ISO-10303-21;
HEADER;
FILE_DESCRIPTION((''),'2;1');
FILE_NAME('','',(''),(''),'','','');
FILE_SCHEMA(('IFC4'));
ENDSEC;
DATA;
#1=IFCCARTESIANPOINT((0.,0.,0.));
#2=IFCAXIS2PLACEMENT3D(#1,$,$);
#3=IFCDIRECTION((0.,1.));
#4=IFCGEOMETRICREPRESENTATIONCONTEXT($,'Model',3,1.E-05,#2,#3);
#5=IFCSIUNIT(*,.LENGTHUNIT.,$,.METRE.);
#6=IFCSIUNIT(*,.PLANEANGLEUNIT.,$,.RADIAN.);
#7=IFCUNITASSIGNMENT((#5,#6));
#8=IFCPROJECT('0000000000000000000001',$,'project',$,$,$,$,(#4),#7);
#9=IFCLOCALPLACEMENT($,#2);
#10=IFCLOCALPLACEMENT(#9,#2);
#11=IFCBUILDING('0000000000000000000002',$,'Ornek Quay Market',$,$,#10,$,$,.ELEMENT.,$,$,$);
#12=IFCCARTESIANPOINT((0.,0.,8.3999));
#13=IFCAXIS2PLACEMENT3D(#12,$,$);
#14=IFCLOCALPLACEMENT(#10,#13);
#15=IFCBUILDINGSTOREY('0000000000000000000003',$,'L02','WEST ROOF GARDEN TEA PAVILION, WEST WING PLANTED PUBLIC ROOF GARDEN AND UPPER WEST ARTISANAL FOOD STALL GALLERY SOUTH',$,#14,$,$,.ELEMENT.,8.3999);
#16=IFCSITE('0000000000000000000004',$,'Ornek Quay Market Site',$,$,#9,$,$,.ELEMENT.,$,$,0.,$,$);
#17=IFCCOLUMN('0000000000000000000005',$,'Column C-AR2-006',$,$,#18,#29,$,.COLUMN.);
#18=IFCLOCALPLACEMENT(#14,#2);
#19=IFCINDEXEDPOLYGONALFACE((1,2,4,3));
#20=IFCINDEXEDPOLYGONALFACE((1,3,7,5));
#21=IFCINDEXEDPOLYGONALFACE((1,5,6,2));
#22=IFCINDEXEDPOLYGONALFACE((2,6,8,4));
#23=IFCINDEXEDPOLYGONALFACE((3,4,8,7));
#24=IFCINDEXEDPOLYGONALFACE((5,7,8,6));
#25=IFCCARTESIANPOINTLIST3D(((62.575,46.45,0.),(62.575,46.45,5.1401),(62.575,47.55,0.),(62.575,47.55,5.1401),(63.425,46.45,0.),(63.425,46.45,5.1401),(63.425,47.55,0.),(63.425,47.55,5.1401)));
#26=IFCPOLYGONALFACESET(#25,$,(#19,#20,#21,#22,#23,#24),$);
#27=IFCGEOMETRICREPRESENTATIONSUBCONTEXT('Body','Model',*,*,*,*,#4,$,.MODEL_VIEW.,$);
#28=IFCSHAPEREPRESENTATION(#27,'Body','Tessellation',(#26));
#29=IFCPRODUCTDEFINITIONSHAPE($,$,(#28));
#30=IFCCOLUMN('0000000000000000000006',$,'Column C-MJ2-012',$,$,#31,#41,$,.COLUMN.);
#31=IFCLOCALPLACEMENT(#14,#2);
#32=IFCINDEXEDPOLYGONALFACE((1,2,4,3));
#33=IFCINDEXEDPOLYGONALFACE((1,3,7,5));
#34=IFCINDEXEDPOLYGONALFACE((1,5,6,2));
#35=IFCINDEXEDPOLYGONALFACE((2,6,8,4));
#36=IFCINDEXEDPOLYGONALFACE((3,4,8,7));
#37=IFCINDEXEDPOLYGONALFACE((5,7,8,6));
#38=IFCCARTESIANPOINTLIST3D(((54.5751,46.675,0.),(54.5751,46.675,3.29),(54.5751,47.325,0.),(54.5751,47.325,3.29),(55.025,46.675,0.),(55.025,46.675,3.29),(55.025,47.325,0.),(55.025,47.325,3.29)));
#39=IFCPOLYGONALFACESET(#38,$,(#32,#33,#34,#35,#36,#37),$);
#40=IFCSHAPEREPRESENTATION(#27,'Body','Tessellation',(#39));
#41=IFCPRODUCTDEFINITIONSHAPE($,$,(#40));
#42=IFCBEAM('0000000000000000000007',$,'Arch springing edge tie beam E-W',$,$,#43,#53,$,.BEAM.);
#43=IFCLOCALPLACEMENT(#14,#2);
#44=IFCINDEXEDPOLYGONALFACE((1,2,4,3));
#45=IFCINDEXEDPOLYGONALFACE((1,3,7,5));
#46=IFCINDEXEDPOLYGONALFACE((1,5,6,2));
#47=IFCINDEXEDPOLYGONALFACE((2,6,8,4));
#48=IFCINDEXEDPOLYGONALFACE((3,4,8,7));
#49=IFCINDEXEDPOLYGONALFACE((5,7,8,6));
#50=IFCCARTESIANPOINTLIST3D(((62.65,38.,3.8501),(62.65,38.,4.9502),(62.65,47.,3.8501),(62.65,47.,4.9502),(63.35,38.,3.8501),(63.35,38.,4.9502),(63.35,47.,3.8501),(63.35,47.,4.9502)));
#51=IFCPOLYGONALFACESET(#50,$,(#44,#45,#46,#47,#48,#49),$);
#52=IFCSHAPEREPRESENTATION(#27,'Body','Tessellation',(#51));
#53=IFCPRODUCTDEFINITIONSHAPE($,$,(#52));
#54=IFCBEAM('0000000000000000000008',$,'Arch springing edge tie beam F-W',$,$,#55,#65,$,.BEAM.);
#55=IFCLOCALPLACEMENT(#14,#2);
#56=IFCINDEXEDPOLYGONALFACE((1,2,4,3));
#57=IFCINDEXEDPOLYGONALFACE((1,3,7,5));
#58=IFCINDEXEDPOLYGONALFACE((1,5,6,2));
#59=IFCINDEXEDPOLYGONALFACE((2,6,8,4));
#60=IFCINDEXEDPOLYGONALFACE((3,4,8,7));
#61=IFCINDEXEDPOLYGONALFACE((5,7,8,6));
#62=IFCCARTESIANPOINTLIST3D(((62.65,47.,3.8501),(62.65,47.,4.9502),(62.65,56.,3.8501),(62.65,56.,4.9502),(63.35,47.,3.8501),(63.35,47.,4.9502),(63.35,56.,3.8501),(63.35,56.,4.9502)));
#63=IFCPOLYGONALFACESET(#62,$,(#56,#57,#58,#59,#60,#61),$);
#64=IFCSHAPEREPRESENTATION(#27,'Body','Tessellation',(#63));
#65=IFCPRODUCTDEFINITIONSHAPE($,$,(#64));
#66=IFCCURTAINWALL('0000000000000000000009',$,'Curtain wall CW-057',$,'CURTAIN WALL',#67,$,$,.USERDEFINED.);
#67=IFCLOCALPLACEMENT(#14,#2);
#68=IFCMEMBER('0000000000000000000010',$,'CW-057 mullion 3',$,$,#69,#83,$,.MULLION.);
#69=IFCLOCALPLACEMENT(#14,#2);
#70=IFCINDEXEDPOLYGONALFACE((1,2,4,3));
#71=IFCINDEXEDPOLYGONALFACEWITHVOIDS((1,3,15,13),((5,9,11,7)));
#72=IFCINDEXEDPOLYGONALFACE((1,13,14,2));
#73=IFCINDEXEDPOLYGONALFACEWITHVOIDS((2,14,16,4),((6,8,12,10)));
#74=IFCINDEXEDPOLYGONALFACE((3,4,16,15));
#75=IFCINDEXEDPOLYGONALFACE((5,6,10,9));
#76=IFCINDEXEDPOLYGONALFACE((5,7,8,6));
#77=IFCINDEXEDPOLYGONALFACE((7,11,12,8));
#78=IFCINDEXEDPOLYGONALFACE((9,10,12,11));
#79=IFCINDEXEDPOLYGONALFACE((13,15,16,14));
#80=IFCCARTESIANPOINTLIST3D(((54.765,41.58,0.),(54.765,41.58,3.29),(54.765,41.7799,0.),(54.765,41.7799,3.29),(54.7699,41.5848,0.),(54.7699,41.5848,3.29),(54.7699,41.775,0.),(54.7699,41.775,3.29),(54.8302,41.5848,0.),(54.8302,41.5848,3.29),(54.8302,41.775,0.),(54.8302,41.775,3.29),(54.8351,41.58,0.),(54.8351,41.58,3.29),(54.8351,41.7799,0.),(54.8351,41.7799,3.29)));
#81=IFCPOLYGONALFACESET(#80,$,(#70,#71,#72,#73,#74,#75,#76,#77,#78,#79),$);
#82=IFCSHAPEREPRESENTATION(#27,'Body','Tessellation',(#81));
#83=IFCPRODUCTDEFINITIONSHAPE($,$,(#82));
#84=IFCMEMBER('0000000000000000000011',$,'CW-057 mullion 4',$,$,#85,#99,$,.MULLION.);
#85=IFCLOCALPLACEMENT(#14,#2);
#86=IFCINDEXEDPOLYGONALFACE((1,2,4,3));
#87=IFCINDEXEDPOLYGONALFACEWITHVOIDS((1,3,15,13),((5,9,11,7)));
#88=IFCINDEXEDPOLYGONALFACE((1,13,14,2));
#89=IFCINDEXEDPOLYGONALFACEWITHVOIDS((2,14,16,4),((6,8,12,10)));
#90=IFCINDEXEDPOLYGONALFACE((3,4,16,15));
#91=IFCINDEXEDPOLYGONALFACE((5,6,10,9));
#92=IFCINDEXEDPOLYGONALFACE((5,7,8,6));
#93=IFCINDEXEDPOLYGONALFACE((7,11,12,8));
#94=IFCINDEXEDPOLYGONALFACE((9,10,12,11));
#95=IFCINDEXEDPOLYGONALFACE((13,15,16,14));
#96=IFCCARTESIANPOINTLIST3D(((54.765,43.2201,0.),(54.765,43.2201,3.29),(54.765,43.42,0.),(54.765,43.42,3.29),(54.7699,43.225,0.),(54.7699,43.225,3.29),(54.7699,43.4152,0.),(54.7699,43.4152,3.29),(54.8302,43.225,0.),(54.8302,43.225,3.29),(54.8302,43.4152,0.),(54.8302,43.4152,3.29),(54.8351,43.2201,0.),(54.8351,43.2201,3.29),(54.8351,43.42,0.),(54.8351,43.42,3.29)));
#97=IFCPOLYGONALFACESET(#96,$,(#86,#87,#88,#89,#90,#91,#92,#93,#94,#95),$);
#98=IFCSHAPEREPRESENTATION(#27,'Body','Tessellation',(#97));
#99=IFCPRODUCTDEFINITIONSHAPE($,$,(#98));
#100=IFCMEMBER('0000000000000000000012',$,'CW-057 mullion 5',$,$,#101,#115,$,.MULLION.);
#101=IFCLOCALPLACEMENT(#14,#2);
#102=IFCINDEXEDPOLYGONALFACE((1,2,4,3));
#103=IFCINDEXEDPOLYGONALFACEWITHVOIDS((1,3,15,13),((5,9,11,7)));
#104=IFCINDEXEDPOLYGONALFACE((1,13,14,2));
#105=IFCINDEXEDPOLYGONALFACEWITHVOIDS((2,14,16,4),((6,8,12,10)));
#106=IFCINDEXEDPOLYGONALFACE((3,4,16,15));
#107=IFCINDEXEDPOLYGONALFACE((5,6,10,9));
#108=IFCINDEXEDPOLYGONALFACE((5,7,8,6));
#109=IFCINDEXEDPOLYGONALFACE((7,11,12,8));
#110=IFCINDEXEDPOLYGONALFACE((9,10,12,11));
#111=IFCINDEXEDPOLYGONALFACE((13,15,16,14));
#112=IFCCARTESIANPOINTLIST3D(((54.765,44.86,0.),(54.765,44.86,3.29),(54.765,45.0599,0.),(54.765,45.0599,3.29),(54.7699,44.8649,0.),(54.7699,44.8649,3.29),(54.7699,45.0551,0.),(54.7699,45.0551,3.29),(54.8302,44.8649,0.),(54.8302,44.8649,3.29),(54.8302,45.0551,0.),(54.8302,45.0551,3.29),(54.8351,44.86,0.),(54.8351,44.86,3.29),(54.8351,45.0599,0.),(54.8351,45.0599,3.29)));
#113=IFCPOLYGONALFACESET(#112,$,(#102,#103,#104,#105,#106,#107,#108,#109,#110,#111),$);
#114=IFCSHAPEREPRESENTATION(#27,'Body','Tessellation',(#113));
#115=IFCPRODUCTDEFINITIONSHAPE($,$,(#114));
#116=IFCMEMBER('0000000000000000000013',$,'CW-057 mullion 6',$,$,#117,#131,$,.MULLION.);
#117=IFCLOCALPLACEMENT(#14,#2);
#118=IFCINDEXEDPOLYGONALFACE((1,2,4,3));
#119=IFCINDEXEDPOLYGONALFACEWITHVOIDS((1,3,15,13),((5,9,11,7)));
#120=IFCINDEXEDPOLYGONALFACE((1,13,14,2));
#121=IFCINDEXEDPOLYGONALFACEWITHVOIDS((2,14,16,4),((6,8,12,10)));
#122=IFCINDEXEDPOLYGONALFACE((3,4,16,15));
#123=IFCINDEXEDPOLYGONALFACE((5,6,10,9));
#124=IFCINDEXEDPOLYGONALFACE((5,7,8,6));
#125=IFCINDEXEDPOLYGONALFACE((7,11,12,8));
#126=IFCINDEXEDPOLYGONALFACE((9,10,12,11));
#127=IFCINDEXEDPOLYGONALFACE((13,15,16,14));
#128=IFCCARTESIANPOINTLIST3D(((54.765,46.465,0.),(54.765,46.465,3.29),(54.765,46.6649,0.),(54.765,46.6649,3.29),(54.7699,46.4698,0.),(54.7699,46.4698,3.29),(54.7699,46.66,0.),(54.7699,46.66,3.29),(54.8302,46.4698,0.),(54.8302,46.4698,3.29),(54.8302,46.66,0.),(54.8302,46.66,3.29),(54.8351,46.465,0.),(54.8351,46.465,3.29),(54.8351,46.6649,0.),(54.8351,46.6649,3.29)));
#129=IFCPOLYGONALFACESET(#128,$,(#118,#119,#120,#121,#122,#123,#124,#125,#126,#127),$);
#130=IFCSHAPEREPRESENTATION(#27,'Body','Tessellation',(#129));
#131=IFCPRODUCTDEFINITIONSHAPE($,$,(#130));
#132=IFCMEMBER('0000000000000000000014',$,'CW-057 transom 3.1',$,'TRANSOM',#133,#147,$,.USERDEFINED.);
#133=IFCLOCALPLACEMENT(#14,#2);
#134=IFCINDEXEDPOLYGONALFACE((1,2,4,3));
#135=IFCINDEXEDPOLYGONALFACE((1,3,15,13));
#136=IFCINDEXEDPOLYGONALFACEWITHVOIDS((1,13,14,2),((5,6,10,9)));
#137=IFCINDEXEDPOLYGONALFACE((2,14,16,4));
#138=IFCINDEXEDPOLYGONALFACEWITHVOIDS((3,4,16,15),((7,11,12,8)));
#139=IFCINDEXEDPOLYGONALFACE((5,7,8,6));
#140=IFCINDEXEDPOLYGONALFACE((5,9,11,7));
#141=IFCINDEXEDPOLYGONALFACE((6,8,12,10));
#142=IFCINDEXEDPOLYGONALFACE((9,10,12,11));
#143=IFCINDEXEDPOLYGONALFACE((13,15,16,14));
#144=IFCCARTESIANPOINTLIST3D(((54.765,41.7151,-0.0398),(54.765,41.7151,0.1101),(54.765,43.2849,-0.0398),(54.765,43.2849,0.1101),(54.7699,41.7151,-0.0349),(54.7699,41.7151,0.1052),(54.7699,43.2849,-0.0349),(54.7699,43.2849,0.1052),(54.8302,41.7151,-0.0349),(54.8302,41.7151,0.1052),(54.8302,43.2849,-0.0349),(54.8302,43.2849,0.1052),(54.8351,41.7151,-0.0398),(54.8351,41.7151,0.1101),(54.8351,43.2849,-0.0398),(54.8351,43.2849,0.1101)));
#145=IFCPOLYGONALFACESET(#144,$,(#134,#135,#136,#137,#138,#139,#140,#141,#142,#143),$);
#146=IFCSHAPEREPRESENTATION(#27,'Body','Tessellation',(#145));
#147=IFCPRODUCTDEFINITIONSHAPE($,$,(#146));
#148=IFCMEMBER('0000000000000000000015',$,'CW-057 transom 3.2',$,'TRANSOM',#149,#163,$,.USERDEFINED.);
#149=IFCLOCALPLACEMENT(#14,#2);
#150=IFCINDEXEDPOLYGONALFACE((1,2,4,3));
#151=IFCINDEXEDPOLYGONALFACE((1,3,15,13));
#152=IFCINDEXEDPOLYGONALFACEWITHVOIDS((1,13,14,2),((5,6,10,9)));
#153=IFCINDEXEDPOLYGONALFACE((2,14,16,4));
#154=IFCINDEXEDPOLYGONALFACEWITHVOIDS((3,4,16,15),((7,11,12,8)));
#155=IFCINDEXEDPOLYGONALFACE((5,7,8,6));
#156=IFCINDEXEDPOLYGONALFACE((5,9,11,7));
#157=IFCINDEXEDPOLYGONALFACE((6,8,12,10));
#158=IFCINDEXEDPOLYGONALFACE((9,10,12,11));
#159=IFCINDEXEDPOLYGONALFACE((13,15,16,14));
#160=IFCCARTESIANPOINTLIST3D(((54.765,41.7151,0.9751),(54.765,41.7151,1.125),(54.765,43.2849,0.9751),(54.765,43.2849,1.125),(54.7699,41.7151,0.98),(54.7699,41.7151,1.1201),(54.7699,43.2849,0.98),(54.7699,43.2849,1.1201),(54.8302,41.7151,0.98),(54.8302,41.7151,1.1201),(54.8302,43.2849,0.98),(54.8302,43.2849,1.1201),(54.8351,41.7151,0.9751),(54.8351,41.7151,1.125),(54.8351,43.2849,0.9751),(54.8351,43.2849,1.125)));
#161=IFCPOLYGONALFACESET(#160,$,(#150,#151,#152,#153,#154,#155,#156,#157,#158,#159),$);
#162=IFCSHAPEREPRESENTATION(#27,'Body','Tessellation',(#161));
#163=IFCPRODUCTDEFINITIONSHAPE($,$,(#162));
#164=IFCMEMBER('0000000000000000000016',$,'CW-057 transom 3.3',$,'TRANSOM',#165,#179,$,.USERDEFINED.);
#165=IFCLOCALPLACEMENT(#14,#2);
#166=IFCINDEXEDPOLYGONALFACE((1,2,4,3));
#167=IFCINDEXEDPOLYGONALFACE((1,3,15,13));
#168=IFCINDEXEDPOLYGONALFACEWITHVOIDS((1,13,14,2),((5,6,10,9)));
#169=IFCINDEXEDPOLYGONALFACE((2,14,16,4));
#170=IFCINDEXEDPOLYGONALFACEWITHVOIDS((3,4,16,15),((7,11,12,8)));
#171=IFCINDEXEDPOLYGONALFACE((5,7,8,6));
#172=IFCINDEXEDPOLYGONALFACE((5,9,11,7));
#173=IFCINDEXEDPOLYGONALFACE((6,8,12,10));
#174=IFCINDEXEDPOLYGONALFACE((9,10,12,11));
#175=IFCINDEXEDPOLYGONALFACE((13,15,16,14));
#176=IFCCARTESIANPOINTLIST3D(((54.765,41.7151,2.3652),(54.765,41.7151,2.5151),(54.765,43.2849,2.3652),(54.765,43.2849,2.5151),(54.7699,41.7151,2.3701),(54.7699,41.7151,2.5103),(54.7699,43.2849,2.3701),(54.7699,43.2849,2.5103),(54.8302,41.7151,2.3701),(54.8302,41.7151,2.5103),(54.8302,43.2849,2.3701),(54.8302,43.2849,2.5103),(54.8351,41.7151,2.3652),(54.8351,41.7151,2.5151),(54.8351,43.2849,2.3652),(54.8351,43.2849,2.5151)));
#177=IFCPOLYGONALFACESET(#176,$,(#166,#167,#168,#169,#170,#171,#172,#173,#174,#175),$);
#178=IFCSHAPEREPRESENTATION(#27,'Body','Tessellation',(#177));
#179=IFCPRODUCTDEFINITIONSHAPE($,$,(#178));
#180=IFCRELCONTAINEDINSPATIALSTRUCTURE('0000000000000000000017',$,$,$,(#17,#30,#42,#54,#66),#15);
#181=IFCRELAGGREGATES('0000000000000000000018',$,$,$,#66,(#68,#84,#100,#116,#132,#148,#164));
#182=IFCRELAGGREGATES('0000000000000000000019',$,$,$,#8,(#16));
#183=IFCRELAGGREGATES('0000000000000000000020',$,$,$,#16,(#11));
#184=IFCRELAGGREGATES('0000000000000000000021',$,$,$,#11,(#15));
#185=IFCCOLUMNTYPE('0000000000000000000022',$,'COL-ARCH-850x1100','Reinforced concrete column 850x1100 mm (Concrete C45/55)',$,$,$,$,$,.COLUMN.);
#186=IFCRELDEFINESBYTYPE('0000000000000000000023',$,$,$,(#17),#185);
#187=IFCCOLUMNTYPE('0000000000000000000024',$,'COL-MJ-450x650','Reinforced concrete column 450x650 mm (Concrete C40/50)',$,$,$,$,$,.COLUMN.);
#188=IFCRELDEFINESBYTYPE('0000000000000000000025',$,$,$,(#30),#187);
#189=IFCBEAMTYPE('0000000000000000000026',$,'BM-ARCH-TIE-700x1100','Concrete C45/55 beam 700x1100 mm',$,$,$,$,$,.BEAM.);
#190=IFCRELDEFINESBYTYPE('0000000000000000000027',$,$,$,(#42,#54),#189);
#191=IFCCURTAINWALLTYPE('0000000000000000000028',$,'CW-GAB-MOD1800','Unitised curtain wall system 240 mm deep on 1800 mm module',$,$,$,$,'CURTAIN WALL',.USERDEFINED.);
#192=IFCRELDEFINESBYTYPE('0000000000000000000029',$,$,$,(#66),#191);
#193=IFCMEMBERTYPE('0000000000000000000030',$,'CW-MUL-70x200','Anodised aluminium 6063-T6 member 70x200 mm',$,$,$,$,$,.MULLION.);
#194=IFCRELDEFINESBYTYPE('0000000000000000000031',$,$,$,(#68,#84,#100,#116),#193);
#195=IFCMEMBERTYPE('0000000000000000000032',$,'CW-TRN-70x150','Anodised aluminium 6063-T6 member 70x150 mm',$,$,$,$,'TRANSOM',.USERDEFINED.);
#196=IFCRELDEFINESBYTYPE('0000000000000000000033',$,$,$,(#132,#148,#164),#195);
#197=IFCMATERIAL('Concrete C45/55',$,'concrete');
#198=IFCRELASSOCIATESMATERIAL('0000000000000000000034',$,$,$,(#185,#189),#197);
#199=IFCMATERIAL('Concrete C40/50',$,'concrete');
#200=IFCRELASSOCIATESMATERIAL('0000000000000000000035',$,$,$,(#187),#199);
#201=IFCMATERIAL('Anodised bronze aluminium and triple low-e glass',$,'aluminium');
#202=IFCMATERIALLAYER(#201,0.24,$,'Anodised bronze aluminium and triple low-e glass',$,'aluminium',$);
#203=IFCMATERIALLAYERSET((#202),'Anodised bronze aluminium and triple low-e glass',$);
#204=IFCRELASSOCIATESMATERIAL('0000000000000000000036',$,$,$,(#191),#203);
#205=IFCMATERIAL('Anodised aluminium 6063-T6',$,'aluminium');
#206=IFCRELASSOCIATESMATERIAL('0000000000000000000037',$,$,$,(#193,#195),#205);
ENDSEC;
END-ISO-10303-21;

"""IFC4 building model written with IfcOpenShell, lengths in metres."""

from ifc_helpers import new_model, si_unit, direction, frame, origin, origin_2d, place, context, subcontext, project, spatial, rectangle, hollow_rectangle, extrude, material, layer, layer_set, material_profile, profile_set, type_object, element, aggregate, save


model = new_model("IFC4")

# Units and contexts
model_context = context("Model", 3, precision=1e-05, world=origin(), true_north=direction((0.0, 1.0)))
body_context = subcontext(model_context, "Body", "Model", "MODEL_VIEW")
ifc_project = project(units=[si_unit("LENGTHUNIT", "METRE"), si_unit("PLANEANGLEUNIT", "RADIAN")], contexts=[model_context])

# Site, building, storey
site_placement = place(None, origin())
site = spatial("IfcSite", under=ifc_project, at=site_placement, Name="Ornek Quay Market Site", CompositionType="ELEMENT", RefElevation=0.0)
building_placement = place(site_placement, origin())
building = spatial("IfcBuilding", under=site, at=building_placement, Name="Ornek Quay Market", CompositionType="ELEMENT")
storey_placement = place(building_placement, frame((0.0, 0.0, 8.3999)))
storey = spatial("IfcBuildingStorey", under=building, at=storey_placement, Name="L02", Description="WEST ROOF GARDEN TEA PAVILION, WEST WING PLANTED PUBLIC ROOF GARDEN AND UPPER WEST ARTISANAL FOOD STALL GALLERY SOUTH", CompositionType="ELEMENT", Elevation=8.3999)

# Columns
ifc_material_1 = material(Name="Concrete C45/55", Category="concrete")
ifc_material_profile_1 = material_profile(ifc_material_1, rectangle(XDim=0.8501, YDim=1.1001, at=origin_2d()), Name="RC 850x1100", Category="concrete")
ifc_profile_set_1 = profile_set([ifc_material_profile_1], Name="Concrete C45/55")
column_type_1 = type_object("IfcColumnType", Name="COL-ARCH-850x1100", Description="Reinforced concrete column 850x1100 mm (Concrete C45/55)", PredefinedType="COLUMN", material=ifc_profile_set_1)
column_1_placement = place(storey_placement, frame((63.0, 47.0, 0.0), z_axis=(0.0, 0.0, 1.0), x_axis=(1.0, 0.0, 0.0)))
element("IfcColumn", 1, at=column_1_placement, inside=storey, type_object=column_type_1, Name="Column C-AR2-006", PredefinedType="COLUMN", context=body_context, shape_type="SweptSolid", body=[
    extrude(rectangle(XDim=0.8501, YDim=1.1001, at=origin_2d()), origin(), (0.0, 0.0, 1.0), 5.1401),
])
ifc_material_2 = material(Name="Concrete C40/50", Category="concrete")
ifc_material_profile_2 = material_profile(ifc_material_2, rectangle(XDim=0.45, YDim=0.6499, at=origin_2d()), Name="RC 450x650", Category="concrete")
ifc_profile_set_2 = profile_set([ifc_material_profile_2], Name="Concrete C40/50")
column_type_2 = type_object("IfcColumnType", Name="COL-MJ-450x650", Description="Reinforced concrete column 450x650 mm (Concrete C40/50)", PredefinedType="COLUMN", material=ifc_profile_set_2)
column_2_placement = place(storey_placement, frame((54.8, 47.0, 0.0), z_axis=(0.0, 0.0, 1.0), x_axis=(1.0, 0.0, 0.0)))
element("IfcColumn", 2, at=column_2_placement, inside=storey, type_object=column_type_2, Name="Column C-MJ2-012", PredefinedType="COLUMN", context=body_context, shape_type="SweptSolid", body=[
    extrude(rectangle(XDim=0.45, YDim=0.6499, at=origin_2d()), origin(), (0.0, 0.0, 1.0), 3.29),
])

# Beams
ifc_material_profile_3 = material_profile(ifc_material_1, rectangle(XDim=0.7, YDim=1.1001, at=origin_2d()), Name="RC 700x1100", Category="concrete")
ifc_profile_set_3 = profile_set([ifc_material_profile_3], Name="Concrete C45/55")
beam_type = type_object("IfcBeamType", Name="BM-ARCH-TIE-700x1100", Description="Concrete C45/55 beam 700x1100 mm", PredefinedType="BEAM", material=ifc_profile_set_3)
for number, where, z_axis, x_axis, name in (
    (3, (63.0, 38.0, 4.4001), (0.0, 1.0, 0.0), (-1.0, 0.0, 0.0), "Arch springing edge tie beam E-W"),
    (4, (63.0, 47.0, 4.4001), (0.0, 1.0, 0.0), (-1.0, 0.0, 0.0), "Arch springing edge tie beam F-W"),
):
    element("IfcBeam", number, at=place(storey_placement, frame(where, z_axis=z_axis, x_axis=x_axis)), inside=storey, type_object=beam_type, Name=name, PredefinedType="BEAM", context=body_context, shape_type="SweptSolid", body=[
        extrude(rectangle(XDim=0.7, YDim=1.1001, at=origin_2d()), origin(), (0.0, 0.0, 1.0), 9.0),
    ])

# Curtain wall, members
ifc_material_3 = material(Name="Anodised bronze aluminium and triple low-e glass", Category="aluminium")
ifc_layer_1 = layer(ifc_material_3, 0.24, Name="Anodised bronze aluminium and triple low-e glass", Category="aluminium")
ifc_layer_set_1 = layer_set([ifc_layer_1], Name="Anodised bronze aluminium and triple low-e glass")
curtain_wall_type = type_object("IfcCurtainWallType", Name="CW-GAB-MOD1800", Description="Unitised curtain wall system 240 mm deep on 1800 mm module", ElementType="CURTAIN WALL", PredefinedType="USERDEFINED", material=ifc_layer_set_1)
curtain_wall_placement = place(storey_placement, origin())
curtain_wall = element("IfcCurtainWall", 5, at=curtain_wall_placement, inside=storey, type_object=curtain_wall_type, Name="Curtain wall CW-057", ObjectType="CURTAIN WALL", PredefinedType="USERDEFINED")
ifc_material_4 = material(Name="Anodised aluminium 6063-T6", Category="aluminium")
ifc_material_profile_4 = material_profile(ifc_material_4, hollow_rectangle(XDim=0.0701, YDim=0.2, WallThickness=0.0049, at=origin_2d()), Name="CW-MUL-70x200", Category="aluminium")
ifc_profile_set_4 = profile_set([ifc_material_profile_4], Name="Anodised aluminium 6063-T6")
member_type_1 = type_object("IfcMemberType", Name="CW-MUL-70x200", Description="Anodised aluminium 6063-T6 member 70x200 mm", PredefinedType="MULLION", material=ifc_profile_set_4)
member_1_placement = place(storey_placement, frame((54.8, 41.6799, 0.0), z_axis=(0.0, 0.0, 1.0), x_axis=(-1.0, 0.0, 0.0)))
member_1 = element("IfcMember", 6, at=member_1_placement, type_object=member_type_1, Name="CW-057 mullion 3", PredefinedType="MULLION", context=body_context, shape_type="SweptSolid", body=[
    extrude(hollow_rectangle(XDim=0.0701, YDim=0.2, WallThickness=0.0049, at=origin_2d()), origin(), (0.0, 0.0, 1.0), 3.29),
])
member_2_placement = place(storey_placement, frame((54.8, 43.3201, 0.0), z_axis=(0.0, 0.0, 1.0), x_axis=(-1.0, 0.0, 0.0)))
member_2 = element("IfcMember", 7, at=member_2_placement, type_object=member_type_1, Name="CW-057 mullion 4", PredefinedType="MULLION", context=body_context, shape_type="SweptSolid", body=[
    extrude(hollow_rectangle(XDim=0.0701, YDim=0.2, WallThickness=0.0049, at=origin_2d()), origin(), (0.0, 0.0, 1.0), 3.29),
])
member_3_placement = place(storey_placement, frame((54.8, 44.96, 0.0), z_axis=(0.0, 0.0, 1.0), x_axis=(-1.0, 0.0, 0.0)))
member_3 = element("IfcMember", 8, at=member_3_placement, type_object=member_type_1, Name="CW-057 mullion 5", PredefinedType="MULLION", context=body_context, shape_type="SweptSolid", body=[
    extrude(hollow_rectangle(XDim=0.0701, YDim=0.2, WallThickness=0.0049, at=origin_2d()), origin(), (0.0, 0.0, 1.0), 3.29),
])
member_4_placement = place(storey_placement, frame((54.8, 46.5649, 0.0), z_axis=(0.0, 0.0, 1.0), x_axis=(-1.0, 0.0, 0.0)))
member_4 = element("IfcMember", 9, at=member_4_placement, type_object=member_type_1, Name="CW-057 mullion 6", PredefinedType="MULLION", context=body_context, shape_type="SweptSolid", body=[
    extrude(hollow_rectangle(XDim=0.0701, YDim=0.2, WallThickness=0.0049, at=origin_2d()), origin(), (0.0, 0.0, 1.0), 3.29),
])
ifc_material_profile_5 = material_profile(ifc_material_4, hollow_rectangle(XDim=0.0701, YDim=0.1499, WallThickness=0.0049, at=origin_2d()), Name="CW-TRN-70x150", Category="aluminium")
ifc_profile_set_5 = profile_set([ifc_material_profile_5], Name="Anodised aluminium 6063-T6")
member_type_2 = type_object("IfcMemberType", Name="CW-TRN-70x150", Description="Anodised aluminium 6063-T6 member 70x150 mm", ElementType="TRANSOM", PredefinedType="USERDEFINED", material=ifc_profile_set_5)
member_5_placement = place(storey_placement, frame((54.8, 41.7151, 0.0352), z_axis=(0.0, 1.0, 0.0), x_axis=(-1.0, 0.0, 0.0)))
member_5 = element("IfcMember", 10, at=member_5_placement, type_object=member_type_2, Name="CW-057 transom 3.1", ObjectType="TRANSOM", PredefinedType="USERDEFINED", context=body_context, shape_type="SweptSolid", body=[
    extrude(hollow_rectangle(XDim=0.0701, YDim=0.1499, WallThickness=0.0049, at=origin_2d()), origin(), (0.0, 0.0, 1.0), 1.5698),
])
member_6_placement = place(storey_placement, frame((54.8, 41.7151, 1.05), z_axis=(0.0, 1.0, 0.0), x_axis=(-1.0, 0.0, 0.0)))
member_6 = element("IfcMember", 11, at=member_6_placement, type_object=member_type_2, Name="CW-057 transom 3.2", ObjectType="TRANSOM", PredefinedType="USERDEFINED", context=body_context, shape_type="SweptSolid", body=[
    extrude(hollow_rectangle(XDim=0.0701, YDim=0.1499, WallThickness=0.0049, at=origin_2d()), origin(), (0.0, 0.0, 1.0), 1.5698),
])
member_7_placement = place(storey_placement, frame((54.8, 41.7151, 2.4402), z_axis=(0.0, 1.0, 0.0), x_axis=(-1.0, 0.0, 0.0)))
member_7 = element("IfcMember", 12, at=member_7_placement, type_object=member_type_2, Name="CW-057 transom 3.3", ObjectType="TRANSOM", PredefinedType="USERDEFINED", context=body_context, shape_type="SweptSolid", body=[
    extrude(hollow_rectangle(XDim=0.0701, YDim=0.1499, WallThickness=0.0049, at=origin_2d()), origin(), (0.0, 0.0, 1.0), 1.5698),
])

aggregate(curtain_wall, [member_1, member_2, member_3, member_4, member_5, member_6, member_7])

save(model, "model.ifc")
